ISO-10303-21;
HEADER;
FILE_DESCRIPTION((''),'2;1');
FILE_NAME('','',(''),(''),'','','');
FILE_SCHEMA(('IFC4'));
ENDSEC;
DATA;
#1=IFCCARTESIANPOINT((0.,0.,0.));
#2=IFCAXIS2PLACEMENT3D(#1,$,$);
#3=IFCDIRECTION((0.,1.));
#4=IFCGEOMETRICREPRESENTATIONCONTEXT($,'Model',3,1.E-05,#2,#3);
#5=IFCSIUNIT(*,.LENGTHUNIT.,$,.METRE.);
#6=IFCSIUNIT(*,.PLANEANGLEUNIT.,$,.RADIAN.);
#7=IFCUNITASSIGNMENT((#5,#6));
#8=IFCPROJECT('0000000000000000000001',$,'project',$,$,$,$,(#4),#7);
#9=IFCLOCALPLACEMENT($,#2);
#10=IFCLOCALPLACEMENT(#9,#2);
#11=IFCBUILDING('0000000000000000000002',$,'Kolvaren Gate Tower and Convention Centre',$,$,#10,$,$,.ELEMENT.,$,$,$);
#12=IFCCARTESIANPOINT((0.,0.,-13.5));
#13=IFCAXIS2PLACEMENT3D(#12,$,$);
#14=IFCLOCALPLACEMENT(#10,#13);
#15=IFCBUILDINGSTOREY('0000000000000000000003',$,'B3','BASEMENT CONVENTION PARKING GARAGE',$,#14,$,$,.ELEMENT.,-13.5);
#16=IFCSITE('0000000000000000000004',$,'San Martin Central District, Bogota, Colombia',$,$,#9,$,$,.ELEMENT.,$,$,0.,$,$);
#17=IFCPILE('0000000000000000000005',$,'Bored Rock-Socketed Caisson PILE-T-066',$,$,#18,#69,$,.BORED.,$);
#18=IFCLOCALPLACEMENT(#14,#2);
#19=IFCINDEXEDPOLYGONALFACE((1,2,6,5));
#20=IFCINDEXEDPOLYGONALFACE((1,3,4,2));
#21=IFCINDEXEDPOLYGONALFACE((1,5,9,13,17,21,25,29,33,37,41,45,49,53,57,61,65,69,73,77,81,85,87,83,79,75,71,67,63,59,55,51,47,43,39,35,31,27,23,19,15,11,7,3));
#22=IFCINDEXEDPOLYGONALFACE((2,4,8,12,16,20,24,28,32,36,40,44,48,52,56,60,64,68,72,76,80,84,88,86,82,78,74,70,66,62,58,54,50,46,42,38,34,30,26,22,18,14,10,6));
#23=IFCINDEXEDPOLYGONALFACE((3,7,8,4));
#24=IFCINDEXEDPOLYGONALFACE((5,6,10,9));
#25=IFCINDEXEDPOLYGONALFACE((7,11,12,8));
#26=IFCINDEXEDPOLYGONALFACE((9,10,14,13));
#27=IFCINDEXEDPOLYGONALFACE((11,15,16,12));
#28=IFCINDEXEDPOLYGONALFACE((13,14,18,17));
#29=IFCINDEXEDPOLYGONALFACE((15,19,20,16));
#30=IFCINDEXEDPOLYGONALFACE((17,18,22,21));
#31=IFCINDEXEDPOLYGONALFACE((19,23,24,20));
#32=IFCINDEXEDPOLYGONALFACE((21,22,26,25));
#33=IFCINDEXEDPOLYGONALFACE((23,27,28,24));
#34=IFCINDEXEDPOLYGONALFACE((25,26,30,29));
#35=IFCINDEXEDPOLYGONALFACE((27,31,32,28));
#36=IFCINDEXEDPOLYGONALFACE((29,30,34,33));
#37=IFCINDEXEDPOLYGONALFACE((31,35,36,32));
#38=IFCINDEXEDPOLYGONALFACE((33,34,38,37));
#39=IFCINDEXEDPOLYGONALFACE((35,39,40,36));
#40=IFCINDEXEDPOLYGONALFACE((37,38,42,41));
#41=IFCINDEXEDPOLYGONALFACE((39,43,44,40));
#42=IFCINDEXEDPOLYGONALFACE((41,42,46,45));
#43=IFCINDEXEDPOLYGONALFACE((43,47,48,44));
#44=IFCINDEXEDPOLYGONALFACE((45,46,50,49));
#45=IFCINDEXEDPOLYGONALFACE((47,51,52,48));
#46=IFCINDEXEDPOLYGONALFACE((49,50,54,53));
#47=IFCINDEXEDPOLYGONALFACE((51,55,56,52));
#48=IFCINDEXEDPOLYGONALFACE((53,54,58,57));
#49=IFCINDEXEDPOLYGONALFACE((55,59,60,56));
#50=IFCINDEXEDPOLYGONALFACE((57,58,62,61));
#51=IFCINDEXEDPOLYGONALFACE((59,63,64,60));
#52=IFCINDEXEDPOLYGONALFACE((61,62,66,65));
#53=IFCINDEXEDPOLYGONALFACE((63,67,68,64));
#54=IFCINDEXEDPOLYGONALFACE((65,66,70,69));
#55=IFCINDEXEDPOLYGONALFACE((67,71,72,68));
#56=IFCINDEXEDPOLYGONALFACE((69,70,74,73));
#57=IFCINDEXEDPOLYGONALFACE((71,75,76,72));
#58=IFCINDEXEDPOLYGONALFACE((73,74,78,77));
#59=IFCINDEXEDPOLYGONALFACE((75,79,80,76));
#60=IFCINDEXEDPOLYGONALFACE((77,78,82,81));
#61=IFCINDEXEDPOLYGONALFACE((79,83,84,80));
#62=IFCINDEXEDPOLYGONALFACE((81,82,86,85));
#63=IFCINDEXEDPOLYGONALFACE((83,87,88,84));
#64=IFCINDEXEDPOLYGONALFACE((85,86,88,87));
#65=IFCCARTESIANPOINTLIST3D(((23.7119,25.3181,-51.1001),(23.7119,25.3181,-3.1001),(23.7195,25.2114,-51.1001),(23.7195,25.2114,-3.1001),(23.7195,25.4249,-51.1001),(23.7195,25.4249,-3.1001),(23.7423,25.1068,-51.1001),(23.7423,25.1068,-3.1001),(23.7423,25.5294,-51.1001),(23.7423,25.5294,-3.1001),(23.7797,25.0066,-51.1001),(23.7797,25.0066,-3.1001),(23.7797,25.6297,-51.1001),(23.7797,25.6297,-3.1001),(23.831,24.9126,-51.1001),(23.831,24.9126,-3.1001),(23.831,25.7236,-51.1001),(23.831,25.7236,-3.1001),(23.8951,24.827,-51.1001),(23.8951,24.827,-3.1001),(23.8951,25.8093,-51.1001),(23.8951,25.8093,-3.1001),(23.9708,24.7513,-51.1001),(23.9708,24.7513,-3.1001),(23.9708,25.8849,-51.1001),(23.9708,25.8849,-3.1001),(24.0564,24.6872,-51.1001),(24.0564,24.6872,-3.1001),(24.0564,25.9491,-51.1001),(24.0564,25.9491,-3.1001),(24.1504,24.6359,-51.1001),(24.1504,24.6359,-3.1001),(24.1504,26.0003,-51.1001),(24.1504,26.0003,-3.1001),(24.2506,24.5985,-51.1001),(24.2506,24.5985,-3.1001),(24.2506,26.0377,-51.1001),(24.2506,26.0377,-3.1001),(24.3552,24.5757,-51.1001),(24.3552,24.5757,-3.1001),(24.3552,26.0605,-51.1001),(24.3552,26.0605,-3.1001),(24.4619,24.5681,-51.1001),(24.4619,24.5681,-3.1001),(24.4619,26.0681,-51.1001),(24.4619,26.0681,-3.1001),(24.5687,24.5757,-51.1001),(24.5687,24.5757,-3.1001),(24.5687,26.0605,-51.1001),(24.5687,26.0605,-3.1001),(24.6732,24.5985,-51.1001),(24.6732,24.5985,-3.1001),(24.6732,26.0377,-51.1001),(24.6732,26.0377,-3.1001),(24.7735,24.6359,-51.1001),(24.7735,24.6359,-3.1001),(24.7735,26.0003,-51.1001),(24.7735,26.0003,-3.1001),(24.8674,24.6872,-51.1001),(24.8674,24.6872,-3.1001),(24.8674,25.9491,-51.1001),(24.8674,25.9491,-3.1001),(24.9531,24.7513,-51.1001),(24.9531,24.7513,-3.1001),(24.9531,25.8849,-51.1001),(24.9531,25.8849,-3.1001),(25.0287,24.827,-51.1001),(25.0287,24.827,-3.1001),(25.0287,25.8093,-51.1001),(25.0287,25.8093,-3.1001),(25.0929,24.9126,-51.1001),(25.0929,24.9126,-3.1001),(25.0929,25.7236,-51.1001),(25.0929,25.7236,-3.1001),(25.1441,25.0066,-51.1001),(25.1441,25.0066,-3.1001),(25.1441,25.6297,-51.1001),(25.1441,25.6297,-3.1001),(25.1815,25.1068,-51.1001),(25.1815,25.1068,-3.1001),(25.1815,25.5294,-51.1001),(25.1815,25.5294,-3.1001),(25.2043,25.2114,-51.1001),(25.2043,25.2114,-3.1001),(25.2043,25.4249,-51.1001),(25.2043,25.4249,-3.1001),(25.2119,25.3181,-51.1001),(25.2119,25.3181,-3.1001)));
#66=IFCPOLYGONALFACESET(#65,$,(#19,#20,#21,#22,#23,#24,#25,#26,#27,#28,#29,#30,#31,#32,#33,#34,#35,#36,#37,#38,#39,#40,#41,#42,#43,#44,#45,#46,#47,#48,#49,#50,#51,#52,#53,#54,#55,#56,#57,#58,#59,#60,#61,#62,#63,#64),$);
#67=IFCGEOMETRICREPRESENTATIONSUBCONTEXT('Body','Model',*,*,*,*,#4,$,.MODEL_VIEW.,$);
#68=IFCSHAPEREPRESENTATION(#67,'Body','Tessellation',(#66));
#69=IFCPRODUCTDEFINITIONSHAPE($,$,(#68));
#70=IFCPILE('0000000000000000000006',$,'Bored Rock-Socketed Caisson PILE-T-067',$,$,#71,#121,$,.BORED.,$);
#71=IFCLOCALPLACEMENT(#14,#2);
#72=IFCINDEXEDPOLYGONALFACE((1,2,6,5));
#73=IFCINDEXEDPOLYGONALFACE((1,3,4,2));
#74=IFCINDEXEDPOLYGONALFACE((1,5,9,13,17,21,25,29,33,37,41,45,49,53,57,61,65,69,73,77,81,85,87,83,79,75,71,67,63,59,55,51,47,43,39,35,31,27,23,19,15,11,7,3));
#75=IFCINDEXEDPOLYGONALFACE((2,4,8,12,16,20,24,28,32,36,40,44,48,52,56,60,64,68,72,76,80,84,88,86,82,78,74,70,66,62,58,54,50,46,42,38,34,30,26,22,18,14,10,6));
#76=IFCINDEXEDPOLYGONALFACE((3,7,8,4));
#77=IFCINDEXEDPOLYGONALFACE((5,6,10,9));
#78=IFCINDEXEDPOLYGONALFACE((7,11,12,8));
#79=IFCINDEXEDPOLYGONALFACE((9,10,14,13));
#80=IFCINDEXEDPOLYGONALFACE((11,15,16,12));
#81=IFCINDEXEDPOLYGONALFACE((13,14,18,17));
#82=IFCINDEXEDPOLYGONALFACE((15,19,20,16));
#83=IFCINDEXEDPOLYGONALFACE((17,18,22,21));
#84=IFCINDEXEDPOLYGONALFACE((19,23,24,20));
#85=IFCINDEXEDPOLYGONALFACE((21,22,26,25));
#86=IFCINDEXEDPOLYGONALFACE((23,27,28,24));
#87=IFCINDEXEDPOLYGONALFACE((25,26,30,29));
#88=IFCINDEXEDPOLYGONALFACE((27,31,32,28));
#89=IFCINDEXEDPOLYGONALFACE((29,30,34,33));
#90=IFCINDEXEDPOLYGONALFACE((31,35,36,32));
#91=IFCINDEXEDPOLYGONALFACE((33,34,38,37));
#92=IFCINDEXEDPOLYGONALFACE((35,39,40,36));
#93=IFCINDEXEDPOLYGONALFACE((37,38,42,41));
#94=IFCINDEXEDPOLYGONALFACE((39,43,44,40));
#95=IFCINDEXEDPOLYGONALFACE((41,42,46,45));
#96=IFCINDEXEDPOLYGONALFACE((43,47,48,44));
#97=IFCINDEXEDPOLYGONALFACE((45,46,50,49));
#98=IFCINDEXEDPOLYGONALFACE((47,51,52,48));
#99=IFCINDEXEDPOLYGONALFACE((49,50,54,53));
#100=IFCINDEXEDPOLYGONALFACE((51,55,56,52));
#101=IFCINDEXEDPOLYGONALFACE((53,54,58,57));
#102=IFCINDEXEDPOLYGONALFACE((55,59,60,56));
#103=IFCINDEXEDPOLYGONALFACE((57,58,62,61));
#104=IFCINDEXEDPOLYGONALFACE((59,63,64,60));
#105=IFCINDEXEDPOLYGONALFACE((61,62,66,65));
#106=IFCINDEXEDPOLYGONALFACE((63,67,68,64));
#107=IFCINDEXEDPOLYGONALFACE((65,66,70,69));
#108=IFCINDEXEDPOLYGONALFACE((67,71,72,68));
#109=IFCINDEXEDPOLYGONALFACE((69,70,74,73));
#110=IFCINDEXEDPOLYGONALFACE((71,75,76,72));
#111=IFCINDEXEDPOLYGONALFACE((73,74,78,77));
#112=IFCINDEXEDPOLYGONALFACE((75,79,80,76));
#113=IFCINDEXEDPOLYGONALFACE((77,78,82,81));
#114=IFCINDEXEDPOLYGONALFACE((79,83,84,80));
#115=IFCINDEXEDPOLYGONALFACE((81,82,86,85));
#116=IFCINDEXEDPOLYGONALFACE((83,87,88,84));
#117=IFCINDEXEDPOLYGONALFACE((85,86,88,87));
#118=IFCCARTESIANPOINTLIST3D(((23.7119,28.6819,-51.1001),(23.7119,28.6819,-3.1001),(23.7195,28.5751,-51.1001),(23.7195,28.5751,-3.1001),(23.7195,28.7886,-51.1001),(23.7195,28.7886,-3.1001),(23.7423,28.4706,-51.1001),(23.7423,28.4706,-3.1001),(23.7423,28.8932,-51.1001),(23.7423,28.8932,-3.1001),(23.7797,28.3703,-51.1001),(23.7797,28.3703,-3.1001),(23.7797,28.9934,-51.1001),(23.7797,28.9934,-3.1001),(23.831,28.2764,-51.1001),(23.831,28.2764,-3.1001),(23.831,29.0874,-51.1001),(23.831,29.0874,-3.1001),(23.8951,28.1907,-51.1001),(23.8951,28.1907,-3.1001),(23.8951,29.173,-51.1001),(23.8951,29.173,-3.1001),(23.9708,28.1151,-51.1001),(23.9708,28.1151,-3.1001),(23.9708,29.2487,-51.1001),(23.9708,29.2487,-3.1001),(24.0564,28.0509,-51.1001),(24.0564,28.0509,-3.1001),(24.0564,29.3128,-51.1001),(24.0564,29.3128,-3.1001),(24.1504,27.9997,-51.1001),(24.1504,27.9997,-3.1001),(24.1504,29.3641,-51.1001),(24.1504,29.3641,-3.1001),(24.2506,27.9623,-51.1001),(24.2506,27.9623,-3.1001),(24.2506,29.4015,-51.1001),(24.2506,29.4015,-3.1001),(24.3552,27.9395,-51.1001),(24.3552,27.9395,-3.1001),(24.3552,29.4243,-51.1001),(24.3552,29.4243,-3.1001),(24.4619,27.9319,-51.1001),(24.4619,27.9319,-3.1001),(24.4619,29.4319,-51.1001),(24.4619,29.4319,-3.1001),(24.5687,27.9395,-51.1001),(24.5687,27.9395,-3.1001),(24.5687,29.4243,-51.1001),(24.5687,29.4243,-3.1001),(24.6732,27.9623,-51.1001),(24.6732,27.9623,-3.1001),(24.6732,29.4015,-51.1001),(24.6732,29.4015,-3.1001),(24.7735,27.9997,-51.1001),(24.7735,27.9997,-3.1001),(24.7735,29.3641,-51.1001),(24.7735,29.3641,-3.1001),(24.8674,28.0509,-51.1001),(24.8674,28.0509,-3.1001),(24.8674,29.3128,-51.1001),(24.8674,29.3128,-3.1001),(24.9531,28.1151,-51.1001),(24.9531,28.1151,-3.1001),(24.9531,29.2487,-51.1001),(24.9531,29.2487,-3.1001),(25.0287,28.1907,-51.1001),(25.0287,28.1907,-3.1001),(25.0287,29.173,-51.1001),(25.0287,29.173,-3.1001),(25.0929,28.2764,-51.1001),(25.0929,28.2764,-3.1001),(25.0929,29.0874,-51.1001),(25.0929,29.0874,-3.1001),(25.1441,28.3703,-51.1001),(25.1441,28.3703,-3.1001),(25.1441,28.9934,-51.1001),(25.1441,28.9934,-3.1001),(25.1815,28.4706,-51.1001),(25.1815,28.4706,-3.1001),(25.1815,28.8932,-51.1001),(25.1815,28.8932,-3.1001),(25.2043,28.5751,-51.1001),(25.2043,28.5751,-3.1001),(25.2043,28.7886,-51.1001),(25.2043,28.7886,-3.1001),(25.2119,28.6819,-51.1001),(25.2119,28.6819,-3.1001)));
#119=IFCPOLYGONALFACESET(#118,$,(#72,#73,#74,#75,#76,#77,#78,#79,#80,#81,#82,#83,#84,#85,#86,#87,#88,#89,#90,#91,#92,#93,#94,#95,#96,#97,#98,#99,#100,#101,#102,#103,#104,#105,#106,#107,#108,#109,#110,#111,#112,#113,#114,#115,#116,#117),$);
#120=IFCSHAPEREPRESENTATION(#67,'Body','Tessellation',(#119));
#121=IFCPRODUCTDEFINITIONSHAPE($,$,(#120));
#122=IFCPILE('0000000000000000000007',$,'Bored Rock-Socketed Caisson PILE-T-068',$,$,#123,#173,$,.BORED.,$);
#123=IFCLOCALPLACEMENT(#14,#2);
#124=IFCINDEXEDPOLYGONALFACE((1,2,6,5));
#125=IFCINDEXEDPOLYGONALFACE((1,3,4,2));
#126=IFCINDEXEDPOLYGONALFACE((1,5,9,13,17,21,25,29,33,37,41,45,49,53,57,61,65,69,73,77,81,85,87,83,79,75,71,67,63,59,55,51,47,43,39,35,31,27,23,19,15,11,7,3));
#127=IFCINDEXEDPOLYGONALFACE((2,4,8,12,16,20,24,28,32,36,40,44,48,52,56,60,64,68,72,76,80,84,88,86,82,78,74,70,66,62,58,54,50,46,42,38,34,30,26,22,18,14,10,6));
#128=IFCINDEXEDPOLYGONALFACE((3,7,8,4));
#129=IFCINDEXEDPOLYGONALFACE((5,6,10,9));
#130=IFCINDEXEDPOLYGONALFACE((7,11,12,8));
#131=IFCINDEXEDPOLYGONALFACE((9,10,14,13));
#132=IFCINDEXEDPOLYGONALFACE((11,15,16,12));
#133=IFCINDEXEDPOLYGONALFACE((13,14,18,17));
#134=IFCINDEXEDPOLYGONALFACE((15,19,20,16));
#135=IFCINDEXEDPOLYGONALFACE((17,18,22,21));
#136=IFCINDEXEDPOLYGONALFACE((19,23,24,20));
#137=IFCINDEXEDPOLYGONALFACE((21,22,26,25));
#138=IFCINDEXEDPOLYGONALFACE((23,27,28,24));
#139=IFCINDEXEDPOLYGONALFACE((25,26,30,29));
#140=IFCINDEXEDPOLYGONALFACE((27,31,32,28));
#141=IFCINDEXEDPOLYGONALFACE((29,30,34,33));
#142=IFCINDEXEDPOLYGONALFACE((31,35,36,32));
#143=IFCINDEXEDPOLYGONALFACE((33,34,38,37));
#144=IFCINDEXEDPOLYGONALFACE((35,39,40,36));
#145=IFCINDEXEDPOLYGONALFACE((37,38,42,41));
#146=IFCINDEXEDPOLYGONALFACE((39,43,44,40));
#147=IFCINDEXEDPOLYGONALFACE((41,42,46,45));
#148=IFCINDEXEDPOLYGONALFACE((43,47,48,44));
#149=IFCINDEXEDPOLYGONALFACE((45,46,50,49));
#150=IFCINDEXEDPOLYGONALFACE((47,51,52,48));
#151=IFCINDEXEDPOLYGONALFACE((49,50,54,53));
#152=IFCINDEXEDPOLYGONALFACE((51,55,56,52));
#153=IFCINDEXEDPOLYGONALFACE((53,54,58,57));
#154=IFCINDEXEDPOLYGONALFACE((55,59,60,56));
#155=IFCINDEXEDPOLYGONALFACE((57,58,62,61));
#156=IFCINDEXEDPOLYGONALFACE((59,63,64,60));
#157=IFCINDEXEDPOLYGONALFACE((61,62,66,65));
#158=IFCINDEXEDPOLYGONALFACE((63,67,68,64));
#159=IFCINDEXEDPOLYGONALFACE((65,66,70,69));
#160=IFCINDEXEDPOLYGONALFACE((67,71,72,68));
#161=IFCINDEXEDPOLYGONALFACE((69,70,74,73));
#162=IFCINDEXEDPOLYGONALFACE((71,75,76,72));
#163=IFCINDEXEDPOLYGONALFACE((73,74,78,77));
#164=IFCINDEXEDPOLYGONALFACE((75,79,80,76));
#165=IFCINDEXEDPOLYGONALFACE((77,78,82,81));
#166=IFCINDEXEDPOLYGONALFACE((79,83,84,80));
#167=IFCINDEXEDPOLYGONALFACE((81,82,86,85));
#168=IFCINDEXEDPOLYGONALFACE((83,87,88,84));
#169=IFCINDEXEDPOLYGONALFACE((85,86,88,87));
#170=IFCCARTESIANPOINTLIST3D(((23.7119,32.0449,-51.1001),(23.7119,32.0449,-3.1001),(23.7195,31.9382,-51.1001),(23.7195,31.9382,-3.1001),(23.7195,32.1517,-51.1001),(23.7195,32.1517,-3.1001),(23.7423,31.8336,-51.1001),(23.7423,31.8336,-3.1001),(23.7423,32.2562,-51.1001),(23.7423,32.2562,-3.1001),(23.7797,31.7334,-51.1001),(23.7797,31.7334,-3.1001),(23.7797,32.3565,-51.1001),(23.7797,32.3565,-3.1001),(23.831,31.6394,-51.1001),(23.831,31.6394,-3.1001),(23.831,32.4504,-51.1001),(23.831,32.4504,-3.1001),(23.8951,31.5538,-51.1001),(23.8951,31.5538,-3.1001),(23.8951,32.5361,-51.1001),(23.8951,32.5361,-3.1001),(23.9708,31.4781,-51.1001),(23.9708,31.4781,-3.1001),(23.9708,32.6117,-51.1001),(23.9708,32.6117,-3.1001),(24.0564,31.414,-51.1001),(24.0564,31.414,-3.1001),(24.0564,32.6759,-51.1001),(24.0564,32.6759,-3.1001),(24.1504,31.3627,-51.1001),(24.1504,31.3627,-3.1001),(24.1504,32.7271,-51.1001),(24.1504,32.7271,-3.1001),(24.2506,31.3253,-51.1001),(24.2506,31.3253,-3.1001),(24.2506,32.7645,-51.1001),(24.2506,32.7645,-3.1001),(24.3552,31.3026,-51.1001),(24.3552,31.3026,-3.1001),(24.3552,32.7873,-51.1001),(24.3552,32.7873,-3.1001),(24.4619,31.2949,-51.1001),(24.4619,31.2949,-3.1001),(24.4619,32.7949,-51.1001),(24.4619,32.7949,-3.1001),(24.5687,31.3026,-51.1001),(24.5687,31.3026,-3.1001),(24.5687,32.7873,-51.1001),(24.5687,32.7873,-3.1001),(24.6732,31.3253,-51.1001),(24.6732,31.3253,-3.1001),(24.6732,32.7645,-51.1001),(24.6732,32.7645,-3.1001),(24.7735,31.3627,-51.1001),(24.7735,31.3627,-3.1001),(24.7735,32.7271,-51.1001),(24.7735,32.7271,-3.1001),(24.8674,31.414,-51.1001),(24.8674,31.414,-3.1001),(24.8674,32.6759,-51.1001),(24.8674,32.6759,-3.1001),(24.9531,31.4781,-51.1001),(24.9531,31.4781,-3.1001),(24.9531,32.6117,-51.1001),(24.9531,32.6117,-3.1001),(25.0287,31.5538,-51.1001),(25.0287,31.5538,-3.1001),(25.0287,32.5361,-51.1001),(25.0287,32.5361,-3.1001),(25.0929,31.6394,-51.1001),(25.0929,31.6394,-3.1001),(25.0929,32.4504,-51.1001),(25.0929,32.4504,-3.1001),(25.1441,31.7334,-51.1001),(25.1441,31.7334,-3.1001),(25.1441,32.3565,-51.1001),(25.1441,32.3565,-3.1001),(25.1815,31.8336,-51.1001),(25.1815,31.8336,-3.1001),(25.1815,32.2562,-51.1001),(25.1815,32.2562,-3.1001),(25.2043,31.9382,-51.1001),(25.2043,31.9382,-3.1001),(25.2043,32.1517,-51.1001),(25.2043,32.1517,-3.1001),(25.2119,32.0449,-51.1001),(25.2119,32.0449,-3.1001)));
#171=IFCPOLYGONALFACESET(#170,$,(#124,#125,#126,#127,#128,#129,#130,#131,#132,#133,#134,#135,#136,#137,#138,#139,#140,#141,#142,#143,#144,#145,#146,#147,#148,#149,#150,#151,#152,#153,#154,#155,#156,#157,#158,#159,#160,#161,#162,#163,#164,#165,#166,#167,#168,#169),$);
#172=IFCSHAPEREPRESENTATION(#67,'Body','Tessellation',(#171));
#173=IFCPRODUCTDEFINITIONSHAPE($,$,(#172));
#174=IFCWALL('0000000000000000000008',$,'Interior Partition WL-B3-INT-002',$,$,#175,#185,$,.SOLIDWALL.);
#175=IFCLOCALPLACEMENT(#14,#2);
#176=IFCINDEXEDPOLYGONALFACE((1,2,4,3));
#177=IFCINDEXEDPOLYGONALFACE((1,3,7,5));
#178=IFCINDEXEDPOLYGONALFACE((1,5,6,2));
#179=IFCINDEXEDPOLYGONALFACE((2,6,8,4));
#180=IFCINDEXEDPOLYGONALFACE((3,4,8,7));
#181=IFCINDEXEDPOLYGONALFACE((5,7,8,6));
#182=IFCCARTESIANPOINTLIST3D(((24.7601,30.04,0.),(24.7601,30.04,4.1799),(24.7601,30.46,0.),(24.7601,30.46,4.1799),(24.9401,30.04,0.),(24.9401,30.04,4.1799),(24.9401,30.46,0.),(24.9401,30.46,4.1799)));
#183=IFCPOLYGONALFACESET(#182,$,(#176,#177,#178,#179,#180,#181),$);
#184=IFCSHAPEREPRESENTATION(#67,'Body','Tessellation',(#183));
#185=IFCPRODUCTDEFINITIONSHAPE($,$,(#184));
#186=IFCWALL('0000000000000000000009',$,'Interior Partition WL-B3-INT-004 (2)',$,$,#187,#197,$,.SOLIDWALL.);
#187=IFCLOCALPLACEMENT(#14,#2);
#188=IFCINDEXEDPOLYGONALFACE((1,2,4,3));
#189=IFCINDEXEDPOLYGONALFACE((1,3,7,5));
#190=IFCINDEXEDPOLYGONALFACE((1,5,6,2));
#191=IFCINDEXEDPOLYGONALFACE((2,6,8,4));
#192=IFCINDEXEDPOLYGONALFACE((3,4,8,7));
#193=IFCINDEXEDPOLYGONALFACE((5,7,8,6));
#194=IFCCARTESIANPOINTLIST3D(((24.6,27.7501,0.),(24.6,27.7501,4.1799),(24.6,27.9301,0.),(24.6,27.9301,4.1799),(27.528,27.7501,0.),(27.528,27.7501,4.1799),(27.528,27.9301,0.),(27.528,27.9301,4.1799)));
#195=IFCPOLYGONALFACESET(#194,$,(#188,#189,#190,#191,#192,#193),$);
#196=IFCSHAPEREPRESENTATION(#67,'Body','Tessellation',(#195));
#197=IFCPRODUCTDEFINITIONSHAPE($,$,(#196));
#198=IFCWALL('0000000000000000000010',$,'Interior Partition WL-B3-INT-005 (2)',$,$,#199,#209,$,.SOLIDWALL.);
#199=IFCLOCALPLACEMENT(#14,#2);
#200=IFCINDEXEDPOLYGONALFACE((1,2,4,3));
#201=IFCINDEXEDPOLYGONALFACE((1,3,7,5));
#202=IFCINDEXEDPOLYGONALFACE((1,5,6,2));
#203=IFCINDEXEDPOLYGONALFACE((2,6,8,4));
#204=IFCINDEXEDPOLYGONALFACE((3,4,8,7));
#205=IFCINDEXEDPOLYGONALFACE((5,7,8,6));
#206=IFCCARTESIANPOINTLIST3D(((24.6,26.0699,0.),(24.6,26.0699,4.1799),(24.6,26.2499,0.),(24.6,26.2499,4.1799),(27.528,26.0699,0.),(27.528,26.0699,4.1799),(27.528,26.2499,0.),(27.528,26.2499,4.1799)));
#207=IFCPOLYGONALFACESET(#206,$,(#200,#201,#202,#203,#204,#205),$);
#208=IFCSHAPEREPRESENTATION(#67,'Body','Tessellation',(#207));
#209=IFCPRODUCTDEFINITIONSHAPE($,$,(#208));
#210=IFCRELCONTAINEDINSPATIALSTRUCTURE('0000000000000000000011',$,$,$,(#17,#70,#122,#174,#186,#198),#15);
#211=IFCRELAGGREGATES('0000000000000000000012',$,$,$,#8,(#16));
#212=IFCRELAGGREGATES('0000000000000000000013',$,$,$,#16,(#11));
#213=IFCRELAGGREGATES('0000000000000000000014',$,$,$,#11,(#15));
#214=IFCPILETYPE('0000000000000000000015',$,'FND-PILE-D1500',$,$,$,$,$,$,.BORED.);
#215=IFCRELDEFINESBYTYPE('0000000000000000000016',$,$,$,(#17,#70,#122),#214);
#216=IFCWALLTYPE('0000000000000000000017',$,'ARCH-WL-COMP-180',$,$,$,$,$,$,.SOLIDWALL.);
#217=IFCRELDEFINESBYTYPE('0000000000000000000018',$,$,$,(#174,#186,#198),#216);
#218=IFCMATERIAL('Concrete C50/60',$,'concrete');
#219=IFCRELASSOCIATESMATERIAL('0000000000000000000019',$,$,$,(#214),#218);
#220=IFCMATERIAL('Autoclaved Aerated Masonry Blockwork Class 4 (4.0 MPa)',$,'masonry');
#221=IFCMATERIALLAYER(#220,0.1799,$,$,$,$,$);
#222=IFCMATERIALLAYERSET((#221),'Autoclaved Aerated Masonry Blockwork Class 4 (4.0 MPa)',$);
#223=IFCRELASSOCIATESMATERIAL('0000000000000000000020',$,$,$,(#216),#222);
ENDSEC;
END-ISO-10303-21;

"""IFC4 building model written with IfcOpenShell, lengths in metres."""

from ifc_helpers import new_model, si_unit, direction, frame, frame_2d, origin, origin_2d, place, context, subcontext, project, spatial, rectangle, circle, extrude, material, layer, layer_set, material_profile, profile_set, type_object, element, save


model = new_model("IFC4")

# Units and contexts
model_context = context("Model", 3, precision=1e-05, world=origin(), true_north=direction((0.0, 1.0)))
body_context = subcontext(model_context, "Body", "Model", "MODEL_VIEW")
ifc_project = project(units=[si_unit("LENGTHUNIT", "METRE"), si_unit("PLANEANGLEUNIT", "RADIAN")], contexts=[model_context])

# Site, building, storey
site_placement = place(None, origin())
site = spatial("IfcSite", under=ifc_project, at=site_placement, Name="San Martin Central District, Bogota, Colombia", CompositionType="ELEMENT", RefElevation=0.0)
building_placement = place(site_placement, origin())
building = spatial("IfcBuilding", under=site, at=building_placement, Name="Kolvaren Gate Tower and Convention Centre", CompositionType="ELEMENT")
storey_placement = place(building_placement, frame((0.0, 0.0, -13.5)))
storey = spatial("IfcBuildingStorey", under=building, at=storey_placement, Name="B3", Description="BASEMENT CONVENTION PARKING GARAGE", CompositionType="ELEMENT", Elevation=-13.5)

# Piles
ifc_material_1 = material(Name="Concrete C50/60", Category="concrete")
ifc_material_profile = material_profile(ifc_material_1, circle(Radius=0.75, at=origin_2d()), Name="CAISSON-D1500")
ifc_profile_set = profile_set([ifc_material_profile], Name="Concrete C50/60")
pile_type = type_object("IfcPileType", Name="FND-PILE-D1500", PredefinedType="BORED", material=ifc_profile_set)
for number, where, z_axis, x_axis, name in (
    (1, (24.4619, 25.3181, -3.1001), (0.0, 0.0, -1.0), (1.0, 0.0, 0.0), "Bored Rock-Socketed Caisson PILE-T-066"),
    (2, (24.4619, 28.6819, -3.1001), (0.0, 0.0, -1.0), (1.0, 0.0, 0.0), "Bored Rock-Socketed Caisson PILE-T-067"),
    (3, (24.4619, 32.0449, -3.1001), (0.0, 0.0, -1.0), (1.0, 0.0, 0.0), "Bored Rock-Socketed Caisson PILE-T-068"),
):
    element("IfcPile", number, at=place(storey_placement, frame(where, z_axis=z_axis, x_axis=x_axis)), inside=storey, type_object=pile_type, Name=name, PredefinedType="BORED", context=body_context, shape_type="SweptSolid", body=[
        extrude(circle(Radius=0.75, at=origin_2d()), origin(), (0.0, 0.0, 1.0), 48.0),
    ])

# Walls
ifc_material_2 = material(Name="Autoclaved Aerated Masonry Blockwork Class 4 (4.0 MPa)", Category="masonry")
ifc_layer_1 = layer(ifc_material_2, 0.1799)
ifc_layer_set_1 = layer_set([ifc_layer_1], Name="Autoclaved Aerated Masonry Blockwork Class 4 (4.0 MPa)")
wall_type_1 = type_object("IfcWallType", Name="ARCH-WL-COMP-180", PredefinedType="SOLIDWALL", material=ifc_layer_set_1)
wall_1_placement = place(storey_placement, frame((24.8501, 30.04, 0.0), z_axis=(0.0, 0.0, 1.0), x_axis=(0.0, 1.0, 0.0)))
element("IfcWall", 4, at=wall_1_placement, inside=storey, type_object=wall_type_1, Name="Interior Partition WL-B3-INT-002", PredefinedType="SOLIDWALL", context=body_context, shape_type="SweptSolid", body=[
    extrude(rectangle(XDim=0.4199, YDim=0.1799, at=frame_2d((0.21, 0.0))), origin(), (0.0, 0.0, 1.0), 4.1799),
])
for number, where, z_axis, x_axis, name in (
    (5, (24.6001, 27.8401, 0.0), (0.0, 0.0, 1.0), (1.0, 0.0, 0.0), "Interior Partition WL-B3-INT-004 (2)"),
    (6, (24.6001, 26.1599, 0.0), (0.0, 0.0, 1.0), (1.0, 0.0, 0.0), "Interior Partition WL-B3-INT-005 (2)"),
):
    element("IfcWall", number, at=place(storey_placement, frame(where, z_axis=z_axis, x_axis=x_axis)), inside=storey, type_object=wall_type_1, Name=name, PredefinedType="SOLIDWALL", context=body_context, shape_type="SweptSolid", body=[
        extrude(rectangle(XDim=2.928, YDim=0.1799, at=frame_2d((1.4639, 0.0))), origin(), (0.0, 0.0, 1.0), 4.1799),
    ])

save(model, "model.ifc")
